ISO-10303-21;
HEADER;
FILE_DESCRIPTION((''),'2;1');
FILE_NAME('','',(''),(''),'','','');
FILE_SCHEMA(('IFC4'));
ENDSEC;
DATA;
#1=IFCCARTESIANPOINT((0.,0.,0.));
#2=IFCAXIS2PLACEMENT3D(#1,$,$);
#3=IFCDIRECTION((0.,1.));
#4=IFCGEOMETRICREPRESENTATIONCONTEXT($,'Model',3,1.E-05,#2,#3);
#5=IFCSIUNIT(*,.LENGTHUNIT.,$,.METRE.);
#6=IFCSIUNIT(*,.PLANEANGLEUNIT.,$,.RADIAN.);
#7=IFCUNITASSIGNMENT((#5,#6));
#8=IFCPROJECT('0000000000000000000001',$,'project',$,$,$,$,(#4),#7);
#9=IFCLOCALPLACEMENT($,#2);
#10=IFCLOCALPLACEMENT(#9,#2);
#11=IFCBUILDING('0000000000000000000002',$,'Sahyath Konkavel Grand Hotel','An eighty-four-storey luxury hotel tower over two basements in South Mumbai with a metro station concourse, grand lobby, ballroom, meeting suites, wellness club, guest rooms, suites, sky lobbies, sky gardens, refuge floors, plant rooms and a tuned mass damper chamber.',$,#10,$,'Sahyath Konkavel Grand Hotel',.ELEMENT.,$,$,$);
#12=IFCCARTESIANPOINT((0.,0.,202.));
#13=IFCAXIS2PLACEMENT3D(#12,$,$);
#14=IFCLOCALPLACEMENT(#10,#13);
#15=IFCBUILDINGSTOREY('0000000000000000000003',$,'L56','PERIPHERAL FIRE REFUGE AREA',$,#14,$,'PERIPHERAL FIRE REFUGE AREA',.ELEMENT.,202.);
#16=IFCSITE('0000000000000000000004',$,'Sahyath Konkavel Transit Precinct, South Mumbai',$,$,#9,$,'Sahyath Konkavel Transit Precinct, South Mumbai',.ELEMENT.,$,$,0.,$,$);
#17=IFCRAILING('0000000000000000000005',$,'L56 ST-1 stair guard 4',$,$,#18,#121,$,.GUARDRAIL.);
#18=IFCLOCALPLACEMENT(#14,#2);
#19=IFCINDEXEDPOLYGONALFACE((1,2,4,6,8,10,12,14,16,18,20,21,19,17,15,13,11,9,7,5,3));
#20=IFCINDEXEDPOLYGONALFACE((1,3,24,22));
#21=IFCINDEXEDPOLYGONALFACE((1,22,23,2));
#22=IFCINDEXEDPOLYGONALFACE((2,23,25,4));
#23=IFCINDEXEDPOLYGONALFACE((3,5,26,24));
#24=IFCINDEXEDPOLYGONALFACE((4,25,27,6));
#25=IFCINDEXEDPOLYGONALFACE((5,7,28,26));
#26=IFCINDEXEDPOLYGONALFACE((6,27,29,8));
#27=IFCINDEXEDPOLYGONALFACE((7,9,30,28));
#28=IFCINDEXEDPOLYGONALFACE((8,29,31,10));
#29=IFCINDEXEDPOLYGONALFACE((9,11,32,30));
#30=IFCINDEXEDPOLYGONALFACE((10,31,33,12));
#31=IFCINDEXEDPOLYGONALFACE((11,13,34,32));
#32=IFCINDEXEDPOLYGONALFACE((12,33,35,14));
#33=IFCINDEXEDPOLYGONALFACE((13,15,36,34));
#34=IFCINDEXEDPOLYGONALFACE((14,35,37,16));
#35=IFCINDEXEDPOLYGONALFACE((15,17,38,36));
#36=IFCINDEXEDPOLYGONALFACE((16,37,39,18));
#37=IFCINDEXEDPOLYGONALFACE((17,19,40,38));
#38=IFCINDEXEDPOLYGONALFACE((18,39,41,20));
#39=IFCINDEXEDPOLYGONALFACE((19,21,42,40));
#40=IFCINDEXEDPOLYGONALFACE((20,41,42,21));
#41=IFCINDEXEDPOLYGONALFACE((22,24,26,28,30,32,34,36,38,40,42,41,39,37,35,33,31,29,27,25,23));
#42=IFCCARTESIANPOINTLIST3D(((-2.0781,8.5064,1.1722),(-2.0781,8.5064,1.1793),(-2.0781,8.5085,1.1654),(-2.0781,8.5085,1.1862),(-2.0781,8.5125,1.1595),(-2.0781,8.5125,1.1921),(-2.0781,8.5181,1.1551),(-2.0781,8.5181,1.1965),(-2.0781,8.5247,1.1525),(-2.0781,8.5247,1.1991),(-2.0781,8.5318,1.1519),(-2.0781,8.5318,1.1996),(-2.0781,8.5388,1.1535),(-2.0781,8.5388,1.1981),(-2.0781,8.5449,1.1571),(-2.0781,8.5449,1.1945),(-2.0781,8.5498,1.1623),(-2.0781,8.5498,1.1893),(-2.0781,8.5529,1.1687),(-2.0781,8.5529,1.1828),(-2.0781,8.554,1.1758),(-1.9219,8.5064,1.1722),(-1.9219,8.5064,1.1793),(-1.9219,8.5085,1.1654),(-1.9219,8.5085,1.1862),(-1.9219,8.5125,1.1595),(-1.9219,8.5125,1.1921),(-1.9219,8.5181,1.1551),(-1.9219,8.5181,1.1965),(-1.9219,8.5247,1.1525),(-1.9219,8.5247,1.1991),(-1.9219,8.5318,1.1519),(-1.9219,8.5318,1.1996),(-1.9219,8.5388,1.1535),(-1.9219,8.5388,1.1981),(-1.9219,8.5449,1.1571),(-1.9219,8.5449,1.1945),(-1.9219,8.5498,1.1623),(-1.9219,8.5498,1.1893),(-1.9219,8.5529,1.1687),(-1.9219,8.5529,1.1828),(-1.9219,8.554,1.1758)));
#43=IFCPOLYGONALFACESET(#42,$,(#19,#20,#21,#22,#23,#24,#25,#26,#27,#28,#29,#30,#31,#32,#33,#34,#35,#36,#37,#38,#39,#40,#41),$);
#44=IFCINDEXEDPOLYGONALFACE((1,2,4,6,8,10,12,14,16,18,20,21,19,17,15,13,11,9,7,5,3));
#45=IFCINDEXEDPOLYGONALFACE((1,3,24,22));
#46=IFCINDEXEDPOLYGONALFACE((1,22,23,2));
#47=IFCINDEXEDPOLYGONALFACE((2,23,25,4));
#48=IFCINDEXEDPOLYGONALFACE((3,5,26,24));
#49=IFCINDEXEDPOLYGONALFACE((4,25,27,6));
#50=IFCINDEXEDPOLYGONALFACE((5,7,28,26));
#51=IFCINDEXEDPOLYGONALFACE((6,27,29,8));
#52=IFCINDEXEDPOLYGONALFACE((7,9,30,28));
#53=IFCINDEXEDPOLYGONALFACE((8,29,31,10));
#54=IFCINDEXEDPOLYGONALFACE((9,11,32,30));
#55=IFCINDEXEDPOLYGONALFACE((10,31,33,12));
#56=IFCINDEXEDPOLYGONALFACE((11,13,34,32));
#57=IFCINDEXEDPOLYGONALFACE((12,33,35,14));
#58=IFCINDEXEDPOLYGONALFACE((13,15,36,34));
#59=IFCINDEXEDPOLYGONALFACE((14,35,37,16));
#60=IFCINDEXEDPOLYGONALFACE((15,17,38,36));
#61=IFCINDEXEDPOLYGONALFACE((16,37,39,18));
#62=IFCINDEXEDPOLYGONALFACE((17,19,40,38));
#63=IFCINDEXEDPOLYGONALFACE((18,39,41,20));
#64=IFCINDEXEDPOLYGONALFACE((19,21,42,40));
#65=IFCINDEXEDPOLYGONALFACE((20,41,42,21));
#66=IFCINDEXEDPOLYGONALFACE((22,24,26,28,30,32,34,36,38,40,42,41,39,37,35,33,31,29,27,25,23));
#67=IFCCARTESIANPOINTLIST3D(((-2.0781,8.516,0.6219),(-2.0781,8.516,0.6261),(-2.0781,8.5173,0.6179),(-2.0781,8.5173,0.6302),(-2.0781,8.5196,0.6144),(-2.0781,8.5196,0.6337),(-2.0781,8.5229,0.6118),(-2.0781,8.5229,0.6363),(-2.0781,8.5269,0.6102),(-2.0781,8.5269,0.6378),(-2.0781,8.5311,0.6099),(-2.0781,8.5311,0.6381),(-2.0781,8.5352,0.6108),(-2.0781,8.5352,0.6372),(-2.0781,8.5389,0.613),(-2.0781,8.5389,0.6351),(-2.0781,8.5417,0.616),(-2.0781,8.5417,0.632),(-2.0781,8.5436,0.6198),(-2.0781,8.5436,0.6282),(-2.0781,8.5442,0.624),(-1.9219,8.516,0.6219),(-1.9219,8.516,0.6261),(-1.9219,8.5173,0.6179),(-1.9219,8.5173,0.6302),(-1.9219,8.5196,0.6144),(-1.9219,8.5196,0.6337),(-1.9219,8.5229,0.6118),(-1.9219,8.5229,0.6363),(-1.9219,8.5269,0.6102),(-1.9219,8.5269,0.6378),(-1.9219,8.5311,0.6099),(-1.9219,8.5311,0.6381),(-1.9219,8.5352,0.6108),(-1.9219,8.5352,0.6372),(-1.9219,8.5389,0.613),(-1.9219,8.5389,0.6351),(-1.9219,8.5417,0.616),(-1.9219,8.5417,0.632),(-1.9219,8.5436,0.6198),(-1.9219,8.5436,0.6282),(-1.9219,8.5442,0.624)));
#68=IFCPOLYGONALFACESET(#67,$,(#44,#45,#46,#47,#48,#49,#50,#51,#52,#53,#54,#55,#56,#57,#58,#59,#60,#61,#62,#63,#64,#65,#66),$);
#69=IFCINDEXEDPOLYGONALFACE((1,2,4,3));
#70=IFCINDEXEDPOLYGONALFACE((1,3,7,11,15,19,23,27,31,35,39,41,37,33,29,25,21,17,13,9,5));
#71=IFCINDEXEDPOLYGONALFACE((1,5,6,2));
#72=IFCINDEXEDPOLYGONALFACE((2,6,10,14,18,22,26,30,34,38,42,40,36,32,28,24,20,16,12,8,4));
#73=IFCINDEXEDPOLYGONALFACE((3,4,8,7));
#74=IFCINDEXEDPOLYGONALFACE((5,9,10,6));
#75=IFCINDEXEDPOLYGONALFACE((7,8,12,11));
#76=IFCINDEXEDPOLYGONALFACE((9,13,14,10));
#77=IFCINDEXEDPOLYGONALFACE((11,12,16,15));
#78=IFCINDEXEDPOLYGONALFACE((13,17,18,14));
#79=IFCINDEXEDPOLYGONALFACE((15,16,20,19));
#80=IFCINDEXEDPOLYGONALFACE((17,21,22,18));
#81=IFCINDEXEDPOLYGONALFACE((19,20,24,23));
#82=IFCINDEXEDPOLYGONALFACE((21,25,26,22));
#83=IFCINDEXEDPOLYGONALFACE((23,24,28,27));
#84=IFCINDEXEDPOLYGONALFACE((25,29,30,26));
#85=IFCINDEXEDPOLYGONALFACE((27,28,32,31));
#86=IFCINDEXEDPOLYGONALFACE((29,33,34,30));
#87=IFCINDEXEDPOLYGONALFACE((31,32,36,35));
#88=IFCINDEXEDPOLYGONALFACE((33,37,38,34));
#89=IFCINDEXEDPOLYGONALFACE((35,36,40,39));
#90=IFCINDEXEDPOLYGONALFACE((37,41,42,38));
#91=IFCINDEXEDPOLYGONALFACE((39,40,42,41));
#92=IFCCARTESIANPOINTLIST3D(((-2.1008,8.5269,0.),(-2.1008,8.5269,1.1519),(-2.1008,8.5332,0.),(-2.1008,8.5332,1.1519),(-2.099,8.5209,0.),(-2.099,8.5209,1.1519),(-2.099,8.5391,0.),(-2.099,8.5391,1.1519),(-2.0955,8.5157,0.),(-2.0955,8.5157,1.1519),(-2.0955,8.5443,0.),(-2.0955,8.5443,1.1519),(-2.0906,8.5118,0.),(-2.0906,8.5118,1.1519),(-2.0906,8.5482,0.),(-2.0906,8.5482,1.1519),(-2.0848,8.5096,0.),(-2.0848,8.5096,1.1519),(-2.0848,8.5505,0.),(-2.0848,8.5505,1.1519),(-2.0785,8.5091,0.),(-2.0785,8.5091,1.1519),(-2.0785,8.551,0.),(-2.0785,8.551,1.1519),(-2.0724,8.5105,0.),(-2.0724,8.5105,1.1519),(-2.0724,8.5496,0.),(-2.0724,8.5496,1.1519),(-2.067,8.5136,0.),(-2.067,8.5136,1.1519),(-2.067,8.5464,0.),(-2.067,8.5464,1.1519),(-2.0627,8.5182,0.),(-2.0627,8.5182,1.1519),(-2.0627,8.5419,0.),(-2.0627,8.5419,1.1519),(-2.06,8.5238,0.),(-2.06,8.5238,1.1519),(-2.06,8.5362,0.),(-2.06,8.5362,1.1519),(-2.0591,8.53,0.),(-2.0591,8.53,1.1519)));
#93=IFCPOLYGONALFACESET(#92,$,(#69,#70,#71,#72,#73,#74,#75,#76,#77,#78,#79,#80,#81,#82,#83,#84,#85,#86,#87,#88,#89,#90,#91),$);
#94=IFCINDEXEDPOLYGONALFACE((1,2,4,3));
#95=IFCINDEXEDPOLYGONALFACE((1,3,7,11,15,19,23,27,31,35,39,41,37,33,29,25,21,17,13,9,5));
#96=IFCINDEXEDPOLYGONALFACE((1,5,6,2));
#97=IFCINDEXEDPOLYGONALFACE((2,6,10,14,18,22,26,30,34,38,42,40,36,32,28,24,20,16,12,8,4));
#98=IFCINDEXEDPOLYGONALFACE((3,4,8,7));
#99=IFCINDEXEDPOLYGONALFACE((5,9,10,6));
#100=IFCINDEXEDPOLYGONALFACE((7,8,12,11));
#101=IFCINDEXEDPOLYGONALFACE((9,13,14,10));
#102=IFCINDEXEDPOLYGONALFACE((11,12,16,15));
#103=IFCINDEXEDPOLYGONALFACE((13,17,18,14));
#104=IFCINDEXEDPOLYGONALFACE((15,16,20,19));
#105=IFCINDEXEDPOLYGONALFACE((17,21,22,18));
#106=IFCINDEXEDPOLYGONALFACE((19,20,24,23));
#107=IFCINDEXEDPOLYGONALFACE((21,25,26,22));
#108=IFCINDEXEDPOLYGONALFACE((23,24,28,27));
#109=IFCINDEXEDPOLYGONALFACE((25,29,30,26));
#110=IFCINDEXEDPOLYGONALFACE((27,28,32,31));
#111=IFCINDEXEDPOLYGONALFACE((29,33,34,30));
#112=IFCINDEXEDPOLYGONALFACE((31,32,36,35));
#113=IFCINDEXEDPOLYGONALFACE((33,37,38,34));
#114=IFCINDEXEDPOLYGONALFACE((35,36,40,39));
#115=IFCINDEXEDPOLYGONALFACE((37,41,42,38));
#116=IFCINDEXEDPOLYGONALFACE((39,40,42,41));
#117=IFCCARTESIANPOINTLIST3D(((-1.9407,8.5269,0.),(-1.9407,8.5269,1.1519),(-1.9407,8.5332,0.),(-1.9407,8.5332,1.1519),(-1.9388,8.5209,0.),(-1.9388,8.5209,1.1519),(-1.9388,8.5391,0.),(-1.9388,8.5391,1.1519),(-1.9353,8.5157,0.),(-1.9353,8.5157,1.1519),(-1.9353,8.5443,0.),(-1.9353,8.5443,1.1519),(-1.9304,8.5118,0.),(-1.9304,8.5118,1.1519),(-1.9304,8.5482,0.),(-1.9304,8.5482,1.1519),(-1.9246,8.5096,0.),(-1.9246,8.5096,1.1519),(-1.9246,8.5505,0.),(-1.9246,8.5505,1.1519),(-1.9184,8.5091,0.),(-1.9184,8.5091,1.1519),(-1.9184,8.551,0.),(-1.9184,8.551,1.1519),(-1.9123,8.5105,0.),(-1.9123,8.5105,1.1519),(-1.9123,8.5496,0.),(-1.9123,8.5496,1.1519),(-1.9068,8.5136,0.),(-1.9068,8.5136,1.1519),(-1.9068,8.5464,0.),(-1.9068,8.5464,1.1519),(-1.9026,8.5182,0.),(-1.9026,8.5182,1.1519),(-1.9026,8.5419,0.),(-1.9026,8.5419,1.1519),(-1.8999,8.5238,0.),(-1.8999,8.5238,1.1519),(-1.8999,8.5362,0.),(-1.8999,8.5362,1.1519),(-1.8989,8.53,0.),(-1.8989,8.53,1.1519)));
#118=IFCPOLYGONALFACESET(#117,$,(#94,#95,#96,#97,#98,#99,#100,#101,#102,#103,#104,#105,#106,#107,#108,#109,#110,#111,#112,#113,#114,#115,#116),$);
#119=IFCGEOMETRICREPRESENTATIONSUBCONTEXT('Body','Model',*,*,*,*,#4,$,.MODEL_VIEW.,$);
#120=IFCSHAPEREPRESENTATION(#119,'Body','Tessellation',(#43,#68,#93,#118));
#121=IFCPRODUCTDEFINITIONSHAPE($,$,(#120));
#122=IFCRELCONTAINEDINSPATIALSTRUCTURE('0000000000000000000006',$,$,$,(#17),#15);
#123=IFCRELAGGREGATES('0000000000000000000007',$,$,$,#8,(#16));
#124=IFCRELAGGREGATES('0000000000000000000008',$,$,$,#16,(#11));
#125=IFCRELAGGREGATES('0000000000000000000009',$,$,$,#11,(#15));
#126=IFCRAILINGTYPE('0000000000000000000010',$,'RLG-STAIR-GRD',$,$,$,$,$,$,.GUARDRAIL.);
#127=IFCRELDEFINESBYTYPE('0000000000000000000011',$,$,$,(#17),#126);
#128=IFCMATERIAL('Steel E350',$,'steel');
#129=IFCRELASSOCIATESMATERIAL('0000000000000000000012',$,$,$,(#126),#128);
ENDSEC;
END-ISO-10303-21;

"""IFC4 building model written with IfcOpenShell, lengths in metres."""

from ifc_helpers import new_model, si_unit, direction, frame, origin, origin_2d, place, context, subcontext, project, spatial, circle, extrude, material, type_object, element, save


model = new_model("IFC4")

# Units and contexts
model_context = context("Model", 3, precision=1e-05, world=origin(), true_north=direction((0.0, 1.0)))
body_context = subcontext(model_context, "Body", "Model", "MODEL_VIEW")
ifc_project = project(units=[si_unit("LENGTHUNIT", "METRE"), si_unit("PLANEANGLEUNIT", "RADIAN")], contexts=[model_context])

# Site, building, storey
site_placement = place(None, origin())
site = spatial("IfcSite", under=ifc_project, at=site_placement, Name="Sahyath Konkavel Transit Precinct, South Mumbai", LongName="Sahyath Konkavel Transit Precinct, South Mumbai", CompositionType="ELEMENT", RefElevation=0.0)
building_placement = place(site_placement, origin())
building = spatial("IfcBuilding", under=site, at=building_placement, Name="Sahyath Konkavel Grand Hotel", Description="An eighty-four-storey luxury hotel tower over two basements in South Mumbai with a metro station concourse, grand lobby, ballroom, meeting suites, wellness club, guest rooms, suites, sky lobbies, sky gardens, refuge floors, plant rooms and a tuned mass damper chamber.", LongName="Sahyath Konkavel Grand Hotel", CompositionType="ELEMENT")
storey_placement = place(building_placement, frame((0.0, 0.0, 202.0)))
storey = spatial("IfcBuildingStorey", under=building, at=storey_placement, Name="L56", Description="PERIPHERAL FIRE REFUGE AREA", LongName="PERIPHERAL FIRE REFUGE AREA", CompositionType="ELEMENT", Elevation=202.0)

# Railing
ifc_material_1 = material(Name="Steel E350", Category="steel")
railing_type = type_object("IfcRailingType", Name="RLG-STAIR-GRD", PredefinedType="GUARDRAIL", material=ifc_material_1)
railing_1_placement = place(storey_placement, frame((-2.0801, 8.53, 0.0)))
element("IfcRailing", 1, at=railing_1_placement, inside=storey, type_object=railing_type, Name="L56 ST-1 stair guard 4", PredefinedType="GUARDRAIL", context=body_context, shape_type="SweptSolid", body=[
    extrude(circle(Radius=0.0239, at=origin_2d()), frame((0.002, 0.0, 1.1758), z_axis=(1.0, 0.0, 0.0), x_axis=(0.0, 1.0, 0.0)), (0.0, 0.0, 1.0), 0.1562),
    extrude(circle(Radius=0.0142, at=origin_2d()), frame((0.002, 0.0, 0.624), z_axis=(1.0, 0.0, 0.0), x_axis=(0.0, 1.0, 0.0)), (0.0, 0.0, 1.0), 0.1562),
    extrude(circle(Radius=0.021, at=origin_2d()), origin(), (0.0, 0.0, 1.0), 1.1519),
    extrude(circle(Radius=0.021, at=origin_2d()), frame((0.1602, 0.0, 0.0)), (0.0, 0.0, 1.0), 1.1519),
])

save(model, "model.ifc")
